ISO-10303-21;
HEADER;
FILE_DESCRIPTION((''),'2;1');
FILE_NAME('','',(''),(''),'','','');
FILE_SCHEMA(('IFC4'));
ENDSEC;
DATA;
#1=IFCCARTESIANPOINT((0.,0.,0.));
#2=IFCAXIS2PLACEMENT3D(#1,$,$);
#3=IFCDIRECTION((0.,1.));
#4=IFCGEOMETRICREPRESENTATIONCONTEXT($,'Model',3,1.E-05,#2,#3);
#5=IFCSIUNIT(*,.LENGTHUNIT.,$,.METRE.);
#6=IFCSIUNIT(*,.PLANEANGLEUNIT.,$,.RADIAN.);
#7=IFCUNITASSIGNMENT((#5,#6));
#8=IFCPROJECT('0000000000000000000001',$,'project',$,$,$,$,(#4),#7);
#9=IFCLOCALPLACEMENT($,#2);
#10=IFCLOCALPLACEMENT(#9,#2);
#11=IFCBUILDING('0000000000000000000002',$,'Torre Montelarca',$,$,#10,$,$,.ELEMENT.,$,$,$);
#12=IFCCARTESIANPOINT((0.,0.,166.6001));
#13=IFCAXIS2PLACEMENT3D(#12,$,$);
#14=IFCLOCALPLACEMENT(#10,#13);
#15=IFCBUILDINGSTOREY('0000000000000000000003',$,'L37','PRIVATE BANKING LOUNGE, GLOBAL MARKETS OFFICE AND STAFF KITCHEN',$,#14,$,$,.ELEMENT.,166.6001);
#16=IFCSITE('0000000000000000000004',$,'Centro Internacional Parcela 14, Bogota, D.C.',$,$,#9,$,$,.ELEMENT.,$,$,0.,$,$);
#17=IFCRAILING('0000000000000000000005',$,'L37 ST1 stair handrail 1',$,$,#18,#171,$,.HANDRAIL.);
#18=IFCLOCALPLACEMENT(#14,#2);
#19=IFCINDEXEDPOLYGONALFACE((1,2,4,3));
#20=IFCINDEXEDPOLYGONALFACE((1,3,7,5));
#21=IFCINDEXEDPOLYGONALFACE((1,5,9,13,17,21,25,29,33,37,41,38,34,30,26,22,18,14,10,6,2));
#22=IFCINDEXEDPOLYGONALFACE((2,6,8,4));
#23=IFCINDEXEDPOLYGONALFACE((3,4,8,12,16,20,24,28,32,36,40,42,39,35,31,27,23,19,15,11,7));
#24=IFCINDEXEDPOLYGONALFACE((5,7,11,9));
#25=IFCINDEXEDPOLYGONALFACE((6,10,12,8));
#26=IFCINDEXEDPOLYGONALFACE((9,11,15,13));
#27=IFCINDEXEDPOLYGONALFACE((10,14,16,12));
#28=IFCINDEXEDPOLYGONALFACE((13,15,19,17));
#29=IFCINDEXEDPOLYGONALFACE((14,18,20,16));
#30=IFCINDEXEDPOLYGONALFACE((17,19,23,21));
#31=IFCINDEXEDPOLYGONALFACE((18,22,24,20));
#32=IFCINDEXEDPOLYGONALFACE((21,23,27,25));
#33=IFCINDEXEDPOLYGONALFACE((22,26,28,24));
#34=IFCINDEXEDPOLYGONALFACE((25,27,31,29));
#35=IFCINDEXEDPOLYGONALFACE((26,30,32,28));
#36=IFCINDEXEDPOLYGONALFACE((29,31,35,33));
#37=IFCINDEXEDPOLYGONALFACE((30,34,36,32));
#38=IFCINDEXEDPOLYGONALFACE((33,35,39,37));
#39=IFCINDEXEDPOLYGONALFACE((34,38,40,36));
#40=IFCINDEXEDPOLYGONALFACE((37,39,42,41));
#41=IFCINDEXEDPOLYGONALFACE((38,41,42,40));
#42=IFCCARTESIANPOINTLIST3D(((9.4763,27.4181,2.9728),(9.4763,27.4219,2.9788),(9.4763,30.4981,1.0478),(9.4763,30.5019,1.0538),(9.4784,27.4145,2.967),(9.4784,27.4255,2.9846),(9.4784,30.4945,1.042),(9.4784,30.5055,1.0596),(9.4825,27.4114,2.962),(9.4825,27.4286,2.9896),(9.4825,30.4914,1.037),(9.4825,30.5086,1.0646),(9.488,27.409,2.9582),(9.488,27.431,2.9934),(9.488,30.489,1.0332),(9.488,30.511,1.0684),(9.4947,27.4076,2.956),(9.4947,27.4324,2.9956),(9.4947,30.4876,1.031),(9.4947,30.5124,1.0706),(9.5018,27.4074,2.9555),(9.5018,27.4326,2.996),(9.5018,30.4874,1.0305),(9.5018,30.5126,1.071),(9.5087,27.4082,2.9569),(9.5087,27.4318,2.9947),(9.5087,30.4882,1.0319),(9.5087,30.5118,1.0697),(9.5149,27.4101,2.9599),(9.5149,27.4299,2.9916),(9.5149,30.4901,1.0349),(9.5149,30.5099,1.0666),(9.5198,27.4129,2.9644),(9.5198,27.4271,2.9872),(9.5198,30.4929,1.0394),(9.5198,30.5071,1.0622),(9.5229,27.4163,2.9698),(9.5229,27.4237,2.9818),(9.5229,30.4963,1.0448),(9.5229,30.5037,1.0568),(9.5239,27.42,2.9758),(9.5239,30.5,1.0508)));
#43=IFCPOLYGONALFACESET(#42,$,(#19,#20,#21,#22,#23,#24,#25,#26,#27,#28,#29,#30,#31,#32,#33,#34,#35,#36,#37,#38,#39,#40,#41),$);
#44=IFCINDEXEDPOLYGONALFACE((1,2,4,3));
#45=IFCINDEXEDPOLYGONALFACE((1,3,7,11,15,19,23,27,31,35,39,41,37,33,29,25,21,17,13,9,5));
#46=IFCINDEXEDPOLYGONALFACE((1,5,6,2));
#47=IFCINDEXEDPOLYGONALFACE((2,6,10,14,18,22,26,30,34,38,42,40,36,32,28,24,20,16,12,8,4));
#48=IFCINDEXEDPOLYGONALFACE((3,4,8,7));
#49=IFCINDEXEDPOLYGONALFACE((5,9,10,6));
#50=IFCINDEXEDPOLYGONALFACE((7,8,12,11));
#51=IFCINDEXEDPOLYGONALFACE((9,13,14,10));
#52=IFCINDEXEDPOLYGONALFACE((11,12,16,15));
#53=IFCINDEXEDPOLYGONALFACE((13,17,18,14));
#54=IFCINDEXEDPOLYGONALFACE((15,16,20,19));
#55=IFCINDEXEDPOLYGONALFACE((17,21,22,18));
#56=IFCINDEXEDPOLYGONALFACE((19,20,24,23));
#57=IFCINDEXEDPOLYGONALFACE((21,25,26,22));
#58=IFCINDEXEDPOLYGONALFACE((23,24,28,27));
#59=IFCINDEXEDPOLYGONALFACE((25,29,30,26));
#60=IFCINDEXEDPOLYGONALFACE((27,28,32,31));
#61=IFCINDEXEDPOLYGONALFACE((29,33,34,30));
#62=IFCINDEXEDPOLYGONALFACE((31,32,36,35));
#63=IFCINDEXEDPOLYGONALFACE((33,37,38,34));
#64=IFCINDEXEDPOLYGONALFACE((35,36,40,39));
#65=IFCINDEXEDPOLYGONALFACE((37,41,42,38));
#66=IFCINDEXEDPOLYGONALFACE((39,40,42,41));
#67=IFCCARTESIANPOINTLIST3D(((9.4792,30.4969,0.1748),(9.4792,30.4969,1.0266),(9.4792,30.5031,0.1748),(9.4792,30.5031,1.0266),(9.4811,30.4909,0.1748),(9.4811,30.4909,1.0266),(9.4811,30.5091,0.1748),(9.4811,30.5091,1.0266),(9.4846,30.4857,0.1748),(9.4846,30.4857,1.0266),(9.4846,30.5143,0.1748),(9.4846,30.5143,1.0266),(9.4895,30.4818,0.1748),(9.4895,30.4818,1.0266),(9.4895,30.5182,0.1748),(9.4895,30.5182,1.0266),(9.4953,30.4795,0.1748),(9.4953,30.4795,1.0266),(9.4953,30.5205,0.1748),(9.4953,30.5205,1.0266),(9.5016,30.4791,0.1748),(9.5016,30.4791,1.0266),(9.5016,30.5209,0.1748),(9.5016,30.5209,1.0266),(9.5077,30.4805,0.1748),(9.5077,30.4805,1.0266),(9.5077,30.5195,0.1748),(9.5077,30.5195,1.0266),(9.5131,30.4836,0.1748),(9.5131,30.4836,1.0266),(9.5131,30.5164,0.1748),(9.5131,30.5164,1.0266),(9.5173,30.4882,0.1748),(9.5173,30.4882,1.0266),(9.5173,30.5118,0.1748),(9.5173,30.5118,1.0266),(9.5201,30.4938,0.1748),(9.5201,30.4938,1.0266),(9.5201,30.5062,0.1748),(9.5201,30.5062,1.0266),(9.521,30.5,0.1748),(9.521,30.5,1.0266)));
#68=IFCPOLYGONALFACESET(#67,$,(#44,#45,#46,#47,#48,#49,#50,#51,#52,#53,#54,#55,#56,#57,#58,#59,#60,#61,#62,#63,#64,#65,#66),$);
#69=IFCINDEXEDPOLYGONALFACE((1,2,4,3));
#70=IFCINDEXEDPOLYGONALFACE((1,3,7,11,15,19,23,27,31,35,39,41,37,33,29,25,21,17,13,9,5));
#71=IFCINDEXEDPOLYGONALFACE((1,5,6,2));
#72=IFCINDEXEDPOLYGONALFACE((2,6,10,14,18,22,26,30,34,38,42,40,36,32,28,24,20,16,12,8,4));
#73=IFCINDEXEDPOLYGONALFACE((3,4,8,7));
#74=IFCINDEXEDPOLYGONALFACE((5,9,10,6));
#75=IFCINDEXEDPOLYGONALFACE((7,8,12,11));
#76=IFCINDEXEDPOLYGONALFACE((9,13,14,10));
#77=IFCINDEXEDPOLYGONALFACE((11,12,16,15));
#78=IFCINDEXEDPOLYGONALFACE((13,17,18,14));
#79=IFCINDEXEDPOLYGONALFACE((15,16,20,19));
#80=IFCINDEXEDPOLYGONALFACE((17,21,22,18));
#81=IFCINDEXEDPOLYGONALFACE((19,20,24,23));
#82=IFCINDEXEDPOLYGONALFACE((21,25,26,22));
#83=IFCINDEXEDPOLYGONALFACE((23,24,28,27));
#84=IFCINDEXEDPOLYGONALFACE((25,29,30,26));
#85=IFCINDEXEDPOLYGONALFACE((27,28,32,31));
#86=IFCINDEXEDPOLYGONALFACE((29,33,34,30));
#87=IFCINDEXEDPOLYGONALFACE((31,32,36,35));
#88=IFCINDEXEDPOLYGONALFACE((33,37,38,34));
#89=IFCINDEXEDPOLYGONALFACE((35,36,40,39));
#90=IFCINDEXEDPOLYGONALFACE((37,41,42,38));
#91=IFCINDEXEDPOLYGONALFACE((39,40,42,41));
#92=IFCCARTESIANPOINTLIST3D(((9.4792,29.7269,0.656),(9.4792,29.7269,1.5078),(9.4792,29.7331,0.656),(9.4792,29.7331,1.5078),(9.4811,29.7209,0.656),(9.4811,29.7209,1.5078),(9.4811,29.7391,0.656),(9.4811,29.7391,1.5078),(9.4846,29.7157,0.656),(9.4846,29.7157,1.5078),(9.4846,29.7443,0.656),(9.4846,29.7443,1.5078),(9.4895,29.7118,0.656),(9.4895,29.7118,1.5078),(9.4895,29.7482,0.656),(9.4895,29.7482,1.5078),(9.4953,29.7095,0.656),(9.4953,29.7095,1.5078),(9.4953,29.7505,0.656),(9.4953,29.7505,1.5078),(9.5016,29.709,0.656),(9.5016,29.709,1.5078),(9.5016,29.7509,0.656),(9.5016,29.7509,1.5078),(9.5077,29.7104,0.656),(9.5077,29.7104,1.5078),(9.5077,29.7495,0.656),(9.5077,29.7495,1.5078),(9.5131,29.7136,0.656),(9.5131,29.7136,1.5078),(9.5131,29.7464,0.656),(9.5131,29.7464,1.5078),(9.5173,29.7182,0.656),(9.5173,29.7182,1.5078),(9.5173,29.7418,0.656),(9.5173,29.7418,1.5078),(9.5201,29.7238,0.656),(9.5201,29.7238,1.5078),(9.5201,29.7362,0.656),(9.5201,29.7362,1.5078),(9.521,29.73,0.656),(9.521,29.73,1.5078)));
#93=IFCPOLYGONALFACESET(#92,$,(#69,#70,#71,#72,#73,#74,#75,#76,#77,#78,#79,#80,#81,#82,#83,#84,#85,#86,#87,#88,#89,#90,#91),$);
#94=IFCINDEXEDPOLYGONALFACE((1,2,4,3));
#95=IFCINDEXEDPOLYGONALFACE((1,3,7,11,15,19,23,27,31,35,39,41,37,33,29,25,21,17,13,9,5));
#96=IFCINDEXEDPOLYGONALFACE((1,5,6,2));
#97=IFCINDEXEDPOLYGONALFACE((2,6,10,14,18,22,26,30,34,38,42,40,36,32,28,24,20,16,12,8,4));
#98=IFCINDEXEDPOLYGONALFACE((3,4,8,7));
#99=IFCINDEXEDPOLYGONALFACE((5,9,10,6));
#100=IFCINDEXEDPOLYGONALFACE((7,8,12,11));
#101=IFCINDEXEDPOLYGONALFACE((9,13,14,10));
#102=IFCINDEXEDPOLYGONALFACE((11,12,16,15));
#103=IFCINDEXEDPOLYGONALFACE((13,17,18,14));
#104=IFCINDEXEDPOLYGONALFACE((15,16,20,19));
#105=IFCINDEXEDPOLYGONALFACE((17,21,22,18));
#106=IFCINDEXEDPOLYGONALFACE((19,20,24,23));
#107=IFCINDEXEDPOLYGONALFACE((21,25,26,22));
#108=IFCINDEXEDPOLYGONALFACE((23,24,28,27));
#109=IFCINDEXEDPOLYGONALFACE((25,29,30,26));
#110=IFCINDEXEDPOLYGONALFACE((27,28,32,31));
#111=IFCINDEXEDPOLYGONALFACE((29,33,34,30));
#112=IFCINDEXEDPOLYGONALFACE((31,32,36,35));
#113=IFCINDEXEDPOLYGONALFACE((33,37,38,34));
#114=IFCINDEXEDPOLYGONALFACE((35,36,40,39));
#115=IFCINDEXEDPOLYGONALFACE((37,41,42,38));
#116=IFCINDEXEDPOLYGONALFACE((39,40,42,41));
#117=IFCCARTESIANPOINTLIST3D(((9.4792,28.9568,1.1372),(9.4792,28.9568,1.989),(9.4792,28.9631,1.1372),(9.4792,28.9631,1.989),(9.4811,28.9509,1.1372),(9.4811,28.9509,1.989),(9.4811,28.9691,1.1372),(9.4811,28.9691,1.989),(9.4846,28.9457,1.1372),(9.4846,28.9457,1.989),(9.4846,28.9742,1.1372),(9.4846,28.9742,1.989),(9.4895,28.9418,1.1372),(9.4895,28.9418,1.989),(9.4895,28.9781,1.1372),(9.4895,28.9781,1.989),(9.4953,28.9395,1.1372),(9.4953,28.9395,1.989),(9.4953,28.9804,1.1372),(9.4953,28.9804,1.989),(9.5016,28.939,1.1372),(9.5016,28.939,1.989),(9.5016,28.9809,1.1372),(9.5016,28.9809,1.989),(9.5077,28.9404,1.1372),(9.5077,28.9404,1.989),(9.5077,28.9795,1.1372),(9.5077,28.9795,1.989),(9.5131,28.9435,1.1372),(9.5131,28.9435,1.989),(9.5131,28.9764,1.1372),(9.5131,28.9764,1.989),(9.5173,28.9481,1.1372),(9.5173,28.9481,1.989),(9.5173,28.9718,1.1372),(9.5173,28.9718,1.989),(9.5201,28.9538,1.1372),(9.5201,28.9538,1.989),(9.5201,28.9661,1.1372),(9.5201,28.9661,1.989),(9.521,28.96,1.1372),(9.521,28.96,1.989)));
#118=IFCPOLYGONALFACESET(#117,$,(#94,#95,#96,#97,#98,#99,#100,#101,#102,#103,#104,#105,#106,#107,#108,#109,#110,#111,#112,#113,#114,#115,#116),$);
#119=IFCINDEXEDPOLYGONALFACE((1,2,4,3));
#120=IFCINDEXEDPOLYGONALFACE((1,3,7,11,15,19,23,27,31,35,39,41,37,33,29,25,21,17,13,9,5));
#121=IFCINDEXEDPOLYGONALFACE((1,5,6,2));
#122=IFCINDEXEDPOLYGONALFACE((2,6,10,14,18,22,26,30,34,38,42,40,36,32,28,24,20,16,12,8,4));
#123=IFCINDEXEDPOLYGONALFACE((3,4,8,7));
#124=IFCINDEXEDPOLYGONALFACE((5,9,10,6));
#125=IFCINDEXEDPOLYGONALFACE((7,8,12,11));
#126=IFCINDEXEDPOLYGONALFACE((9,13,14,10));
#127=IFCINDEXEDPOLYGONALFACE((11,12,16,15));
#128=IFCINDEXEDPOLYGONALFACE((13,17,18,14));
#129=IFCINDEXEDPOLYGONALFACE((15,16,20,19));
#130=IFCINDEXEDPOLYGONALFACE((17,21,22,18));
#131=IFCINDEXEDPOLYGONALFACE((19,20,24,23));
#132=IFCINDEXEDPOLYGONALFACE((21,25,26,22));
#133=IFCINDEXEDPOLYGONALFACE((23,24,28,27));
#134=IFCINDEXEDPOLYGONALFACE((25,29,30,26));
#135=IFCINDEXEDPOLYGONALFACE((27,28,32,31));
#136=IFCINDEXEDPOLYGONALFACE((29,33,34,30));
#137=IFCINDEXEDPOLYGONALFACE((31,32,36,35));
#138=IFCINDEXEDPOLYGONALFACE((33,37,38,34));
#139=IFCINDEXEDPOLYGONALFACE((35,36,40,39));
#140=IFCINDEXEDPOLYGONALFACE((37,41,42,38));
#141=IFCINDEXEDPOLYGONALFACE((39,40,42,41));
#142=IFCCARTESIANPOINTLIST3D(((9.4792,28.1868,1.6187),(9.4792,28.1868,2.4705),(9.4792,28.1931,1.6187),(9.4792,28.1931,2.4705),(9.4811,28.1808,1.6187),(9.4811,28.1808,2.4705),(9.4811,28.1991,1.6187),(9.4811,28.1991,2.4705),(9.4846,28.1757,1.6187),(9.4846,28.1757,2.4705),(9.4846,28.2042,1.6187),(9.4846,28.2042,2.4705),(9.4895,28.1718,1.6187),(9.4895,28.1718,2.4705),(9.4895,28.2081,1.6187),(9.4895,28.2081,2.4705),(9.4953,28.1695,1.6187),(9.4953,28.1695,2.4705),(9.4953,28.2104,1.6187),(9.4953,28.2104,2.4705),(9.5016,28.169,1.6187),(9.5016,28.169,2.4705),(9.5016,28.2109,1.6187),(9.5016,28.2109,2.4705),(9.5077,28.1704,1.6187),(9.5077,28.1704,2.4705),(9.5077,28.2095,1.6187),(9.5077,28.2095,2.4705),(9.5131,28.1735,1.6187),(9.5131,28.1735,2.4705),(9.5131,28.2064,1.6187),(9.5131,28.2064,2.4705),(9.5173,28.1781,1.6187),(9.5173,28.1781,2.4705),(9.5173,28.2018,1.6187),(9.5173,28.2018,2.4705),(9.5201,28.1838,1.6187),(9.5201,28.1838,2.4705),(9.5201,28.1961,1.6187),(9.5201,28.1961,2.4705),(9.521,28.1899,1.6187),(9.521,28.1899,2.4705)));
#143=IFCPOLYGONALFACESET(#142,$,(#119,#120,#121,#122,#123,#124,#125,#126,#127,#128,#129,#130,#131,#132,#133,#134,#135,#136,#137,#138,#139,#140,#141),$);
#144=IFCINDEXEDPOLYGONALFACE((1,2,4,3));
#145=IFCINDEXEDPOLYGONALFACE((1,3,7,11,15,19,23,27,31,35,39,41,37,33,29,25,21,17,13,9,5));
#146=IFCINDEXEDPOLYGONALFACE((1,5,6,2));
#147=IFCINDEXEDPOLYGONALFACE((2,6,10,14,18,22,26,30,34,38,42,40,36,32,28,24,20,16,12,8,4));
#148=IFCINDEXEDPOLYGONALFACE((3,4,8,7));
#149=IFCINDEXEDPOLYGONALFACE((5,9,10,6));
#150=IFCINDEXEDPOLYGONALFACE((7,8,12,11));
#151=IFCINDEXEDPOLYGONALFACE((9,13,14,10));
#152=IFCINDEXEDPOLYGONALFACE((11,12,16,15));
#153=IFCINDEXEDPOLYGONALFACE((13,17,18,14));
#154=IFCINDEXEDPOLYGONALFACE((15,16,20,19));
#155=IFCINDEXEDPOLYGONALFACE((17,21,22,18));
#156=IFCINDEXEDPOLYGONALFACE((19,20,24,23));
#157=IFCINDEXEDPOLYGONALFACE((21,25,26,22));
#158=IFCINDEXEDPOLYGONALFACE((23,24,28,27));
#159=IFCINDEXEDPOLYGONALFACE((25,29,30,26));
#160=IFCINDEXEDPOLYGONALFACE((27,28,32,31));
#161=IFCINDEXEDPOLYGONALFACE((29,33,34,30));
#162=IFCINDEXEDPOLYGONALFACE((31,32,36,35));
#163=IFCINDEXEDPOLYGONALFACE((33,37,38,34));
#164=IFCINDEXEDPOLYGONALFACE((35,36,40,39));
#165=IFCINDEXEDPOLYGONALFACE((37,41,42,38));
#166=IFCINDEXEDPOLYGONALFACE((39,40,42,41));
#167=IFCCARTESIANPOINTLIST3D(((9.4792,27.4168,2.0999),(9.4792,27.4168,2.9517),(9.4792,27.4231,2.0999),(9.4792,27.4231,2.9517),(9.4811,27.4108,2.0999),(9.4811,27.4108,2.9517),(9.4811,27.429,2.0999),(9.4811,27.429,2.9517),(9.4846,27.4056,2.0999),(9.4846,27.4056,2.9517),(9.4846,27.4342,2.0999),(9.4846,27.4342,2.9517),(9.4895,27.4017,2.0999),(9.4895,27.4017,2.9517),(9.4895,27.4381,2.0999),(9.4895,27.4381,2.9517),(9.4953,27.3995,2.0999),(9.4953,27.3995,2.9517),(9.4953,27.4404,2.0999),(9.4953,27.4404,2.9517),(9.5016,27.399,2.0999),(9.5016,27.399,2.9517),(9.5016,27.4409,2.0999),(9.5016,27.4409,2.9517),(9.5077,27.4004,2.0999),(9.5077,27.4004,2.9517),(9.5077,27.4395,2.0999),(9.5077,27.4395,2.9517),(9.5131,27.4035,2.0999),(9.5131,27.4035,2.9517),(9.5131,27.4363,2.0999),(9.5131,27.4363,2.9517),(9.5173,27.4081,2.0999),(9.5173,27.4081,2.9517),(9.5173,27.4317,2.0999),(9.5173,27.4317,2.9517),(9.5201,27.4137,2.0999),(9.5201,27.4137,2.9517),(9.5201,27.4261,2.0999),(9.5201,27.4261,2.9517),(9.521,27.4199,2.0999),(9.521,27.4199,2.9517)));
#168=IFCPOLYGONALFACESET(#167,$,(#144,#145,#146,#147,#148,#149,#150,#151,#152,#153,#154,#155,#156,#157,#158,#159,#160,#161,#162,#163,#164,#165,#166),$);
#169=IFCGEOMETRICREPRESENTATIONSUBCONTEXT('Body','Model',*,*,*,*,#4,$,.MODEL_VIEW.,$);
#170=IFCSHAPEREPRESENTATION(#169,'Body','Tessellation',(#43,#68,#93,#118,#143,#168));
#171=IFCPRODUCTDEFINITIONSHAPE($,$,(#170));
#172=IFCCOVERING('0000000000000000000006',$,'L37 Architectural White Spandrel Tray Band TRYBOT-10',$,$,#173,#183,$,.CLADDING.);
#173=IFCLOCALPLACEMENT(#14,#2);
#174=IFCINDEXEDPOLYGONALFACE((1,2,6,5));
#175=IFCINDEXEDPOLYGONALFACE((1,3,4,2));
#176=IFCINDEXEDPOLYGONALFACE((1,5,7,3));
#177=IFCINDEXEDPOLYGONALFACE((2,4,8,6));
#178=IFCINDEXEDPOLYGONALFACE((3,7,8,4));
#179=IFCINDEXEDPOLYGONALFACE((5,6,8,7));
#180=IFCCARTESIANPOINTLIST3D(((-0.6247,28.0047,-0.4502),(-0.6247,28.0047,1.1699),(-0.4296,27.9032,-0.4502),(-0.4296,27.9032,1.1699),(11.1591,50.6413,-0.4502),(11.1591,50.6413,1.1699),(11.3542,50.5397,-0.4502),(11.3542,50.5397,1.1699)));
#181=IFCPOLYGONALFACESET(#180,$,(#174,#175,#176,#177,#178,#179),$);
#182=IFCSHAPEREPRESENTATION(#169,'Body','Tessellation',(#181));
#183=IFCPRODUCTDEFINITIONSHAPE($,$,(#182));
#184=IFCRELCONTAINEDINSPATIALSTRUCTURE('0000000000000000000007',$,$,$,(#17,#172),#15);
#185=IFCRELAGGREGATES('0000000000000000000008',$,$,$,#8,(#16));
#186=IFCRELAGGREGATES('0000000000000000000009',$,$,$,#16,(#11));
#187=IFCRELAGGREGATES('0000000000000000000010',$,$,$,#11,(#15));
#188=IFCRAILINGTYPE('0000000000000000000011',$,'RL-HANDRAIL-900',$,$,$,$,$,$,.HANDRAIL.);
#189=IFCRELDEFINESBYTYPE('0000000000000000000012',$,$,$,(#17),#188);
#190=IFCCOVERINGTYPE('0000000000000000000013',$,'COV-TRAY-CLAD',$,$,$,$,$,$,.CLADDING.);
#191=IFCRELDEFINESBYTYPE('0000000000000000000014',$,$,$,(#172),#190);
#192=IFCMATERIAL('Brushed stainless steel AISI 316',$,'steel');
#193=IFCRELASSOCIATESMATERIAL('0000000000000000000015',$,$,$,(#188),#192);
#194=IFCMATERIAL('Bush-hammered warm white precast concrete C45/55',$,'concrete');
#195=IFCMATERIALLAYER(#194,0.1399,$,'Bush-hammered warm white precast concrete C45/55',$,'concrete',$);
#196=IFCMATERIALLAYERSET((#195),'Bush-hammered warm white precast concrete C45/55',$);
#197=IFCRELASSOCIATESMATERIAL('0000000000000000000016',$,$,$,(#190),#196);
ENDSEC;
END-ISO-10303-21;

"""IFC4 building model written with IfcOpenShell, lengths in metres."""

from ifc_helpers import new_model, si_unit, direction, frame, origin, origin_2d, place, context, subcontext, project, spatial, rectangle, circle, extrude, source, transform, mapped, material, layer, layer_set, type_object, element, save


model = new_model("IFC4")

# Units and contexts
model_context = context("Model", 3, precision=1e-05, world=origin(), true_north=direction((0.0, 1.0)))
body_context = subcontext(model_context, "Body", "Model", "MODEL_VIEW")
ifc_project = project(units=[si_unit("LENGTHUNIT", "METRE"), si_unit("PLANEANGLEUNIT", "RADIAN")], contexts=[model_context])

# Site, building, storey
site_placement = place(None, origin())
site = spatial("IfcSite", under=ifc_project, at=site_placement, Name="Centro Internacional Parcela 14, Bogota, D.C.", CompositionType="ELEMENT", RefElevation=0.0)
building_placement = place(site_placement, origin())
building = spatial("IfcBuilding", under=site, at=building_placement, Name="Torre Montelarca", CompositionType="ELEMENT")
storey_placement = place(building_placement, frame((0.0, 0.0, 166.6001)))
storey = spatial("IfcBuildingStorey", under=building, at=storey_placement, Name="L37", Description="PRIVATE BANKING LOUNGE, GLOBAL MARKETS OFFICE AND STAFF KITCHEN", CompositionType="ELEMENT", Elevation=166.6001)

# Shared definitions
ifc_material_1 = material(Name="Brushed stainless steel AISI 316", Category="steel")

# Railing
railing_type_1 = type_object("IfcRailingType", Name="RL-HANDRAIL-900", PredefinedType="HANDRAIL", material=ifc_material_1)
railing_1_placement = place(storey_placement, frame((9.5, 30.5, 0.1748)))
element("IfcRailing", 1, at=railing_1_placement, inside=storey, type_object=railing_type_1, Name="L37 ST1 stair handrail 1", PredefinedType="HANDRAIL", context=body_context, shape_type="SweptSolid", body=[
    extrude(circle(Radius=0.0239, at=origin_2d()), frame((0.0, 0.0, 0.876), z_axis=(0.0, -0.847998, 0.529999), x_axis=(1.0, 0.0, 0.0)), (0.0, 0.0, 1.0), 3.6321),
    extrude(circle(Radius=0.021, at=origin_2d()), origin(), (0.0, 0.0, 1.0), 0.8518),
    extrude(circle(Radius=0.021, at=origin_2d()), frame((0.0, -0.77, 0.4812)), (0.0, 0.0, 1.0), 0.8518),
    extrude(circle(Radius=0.021, at=origin_2d()), frame((0.0, -1.54, 0.9624)), (0.0, 0.0, 1.0), 0.8518),
    extrude(circle(Radius=0.021, at=origin_2d()), frame((0.0, -2.3101, 1.4438)), (0.0, 0.0, 1.0), 0.8518),
    extrude(circle(Radius=0.021, at=origin_2d()), frame((0.0, -3.0801, 1.925)), (0.0, 0.0, 1.0), 0.8518),
])

# Covering
ifc_material_2 = material(Name="Bush-hammered warm white precast concrete C45/55", Category="concrete")
ifc_layer_1 = layer(ifc_material_2, 0.1399, Name="Bush-hammered warm white precast concrete C45/55", Category="concrete")
ifc_layer_set_1 = layer_set([ifc_layer_1], Name="Bush-hammered warm white precast concrete C45/55")
covering_type = type_object("IfcCoveringType", Name="COV-TRAY-CLAD", PredefinedType="CLADDING", material=ifc_layer_set_1)
shared_shape_1 = source(origin(), body_context, "Body", "SweptSolid", [
    extrude(rectangle(XDim=25.52, YDim=0.22, at=origin_2d()), origin(), (0.0, 0.0, 1.0), 1.6201),
])
covering_placement = place(storey_placement, frame((5.3647, 39.2722, -0.4502), z_axis=(0.0, 0.0, 1.0), x_axis=(-0.461747, -0.887012, 0.0)))
element("IfcCovering", 2, at=covering_placement, inside=storey, type_object=covering_type, Name="L37 Architectural White Spandrel Tray Band TRYBOT-10", PredefinedType="CLADDING", context=body_context, shape_type="MappedRepresentation", body=[
    mapped(shared_shape_1, transform((0.0, 0.0, 0.0), scale=1.0)),
])

save(model, "model.ifc")
